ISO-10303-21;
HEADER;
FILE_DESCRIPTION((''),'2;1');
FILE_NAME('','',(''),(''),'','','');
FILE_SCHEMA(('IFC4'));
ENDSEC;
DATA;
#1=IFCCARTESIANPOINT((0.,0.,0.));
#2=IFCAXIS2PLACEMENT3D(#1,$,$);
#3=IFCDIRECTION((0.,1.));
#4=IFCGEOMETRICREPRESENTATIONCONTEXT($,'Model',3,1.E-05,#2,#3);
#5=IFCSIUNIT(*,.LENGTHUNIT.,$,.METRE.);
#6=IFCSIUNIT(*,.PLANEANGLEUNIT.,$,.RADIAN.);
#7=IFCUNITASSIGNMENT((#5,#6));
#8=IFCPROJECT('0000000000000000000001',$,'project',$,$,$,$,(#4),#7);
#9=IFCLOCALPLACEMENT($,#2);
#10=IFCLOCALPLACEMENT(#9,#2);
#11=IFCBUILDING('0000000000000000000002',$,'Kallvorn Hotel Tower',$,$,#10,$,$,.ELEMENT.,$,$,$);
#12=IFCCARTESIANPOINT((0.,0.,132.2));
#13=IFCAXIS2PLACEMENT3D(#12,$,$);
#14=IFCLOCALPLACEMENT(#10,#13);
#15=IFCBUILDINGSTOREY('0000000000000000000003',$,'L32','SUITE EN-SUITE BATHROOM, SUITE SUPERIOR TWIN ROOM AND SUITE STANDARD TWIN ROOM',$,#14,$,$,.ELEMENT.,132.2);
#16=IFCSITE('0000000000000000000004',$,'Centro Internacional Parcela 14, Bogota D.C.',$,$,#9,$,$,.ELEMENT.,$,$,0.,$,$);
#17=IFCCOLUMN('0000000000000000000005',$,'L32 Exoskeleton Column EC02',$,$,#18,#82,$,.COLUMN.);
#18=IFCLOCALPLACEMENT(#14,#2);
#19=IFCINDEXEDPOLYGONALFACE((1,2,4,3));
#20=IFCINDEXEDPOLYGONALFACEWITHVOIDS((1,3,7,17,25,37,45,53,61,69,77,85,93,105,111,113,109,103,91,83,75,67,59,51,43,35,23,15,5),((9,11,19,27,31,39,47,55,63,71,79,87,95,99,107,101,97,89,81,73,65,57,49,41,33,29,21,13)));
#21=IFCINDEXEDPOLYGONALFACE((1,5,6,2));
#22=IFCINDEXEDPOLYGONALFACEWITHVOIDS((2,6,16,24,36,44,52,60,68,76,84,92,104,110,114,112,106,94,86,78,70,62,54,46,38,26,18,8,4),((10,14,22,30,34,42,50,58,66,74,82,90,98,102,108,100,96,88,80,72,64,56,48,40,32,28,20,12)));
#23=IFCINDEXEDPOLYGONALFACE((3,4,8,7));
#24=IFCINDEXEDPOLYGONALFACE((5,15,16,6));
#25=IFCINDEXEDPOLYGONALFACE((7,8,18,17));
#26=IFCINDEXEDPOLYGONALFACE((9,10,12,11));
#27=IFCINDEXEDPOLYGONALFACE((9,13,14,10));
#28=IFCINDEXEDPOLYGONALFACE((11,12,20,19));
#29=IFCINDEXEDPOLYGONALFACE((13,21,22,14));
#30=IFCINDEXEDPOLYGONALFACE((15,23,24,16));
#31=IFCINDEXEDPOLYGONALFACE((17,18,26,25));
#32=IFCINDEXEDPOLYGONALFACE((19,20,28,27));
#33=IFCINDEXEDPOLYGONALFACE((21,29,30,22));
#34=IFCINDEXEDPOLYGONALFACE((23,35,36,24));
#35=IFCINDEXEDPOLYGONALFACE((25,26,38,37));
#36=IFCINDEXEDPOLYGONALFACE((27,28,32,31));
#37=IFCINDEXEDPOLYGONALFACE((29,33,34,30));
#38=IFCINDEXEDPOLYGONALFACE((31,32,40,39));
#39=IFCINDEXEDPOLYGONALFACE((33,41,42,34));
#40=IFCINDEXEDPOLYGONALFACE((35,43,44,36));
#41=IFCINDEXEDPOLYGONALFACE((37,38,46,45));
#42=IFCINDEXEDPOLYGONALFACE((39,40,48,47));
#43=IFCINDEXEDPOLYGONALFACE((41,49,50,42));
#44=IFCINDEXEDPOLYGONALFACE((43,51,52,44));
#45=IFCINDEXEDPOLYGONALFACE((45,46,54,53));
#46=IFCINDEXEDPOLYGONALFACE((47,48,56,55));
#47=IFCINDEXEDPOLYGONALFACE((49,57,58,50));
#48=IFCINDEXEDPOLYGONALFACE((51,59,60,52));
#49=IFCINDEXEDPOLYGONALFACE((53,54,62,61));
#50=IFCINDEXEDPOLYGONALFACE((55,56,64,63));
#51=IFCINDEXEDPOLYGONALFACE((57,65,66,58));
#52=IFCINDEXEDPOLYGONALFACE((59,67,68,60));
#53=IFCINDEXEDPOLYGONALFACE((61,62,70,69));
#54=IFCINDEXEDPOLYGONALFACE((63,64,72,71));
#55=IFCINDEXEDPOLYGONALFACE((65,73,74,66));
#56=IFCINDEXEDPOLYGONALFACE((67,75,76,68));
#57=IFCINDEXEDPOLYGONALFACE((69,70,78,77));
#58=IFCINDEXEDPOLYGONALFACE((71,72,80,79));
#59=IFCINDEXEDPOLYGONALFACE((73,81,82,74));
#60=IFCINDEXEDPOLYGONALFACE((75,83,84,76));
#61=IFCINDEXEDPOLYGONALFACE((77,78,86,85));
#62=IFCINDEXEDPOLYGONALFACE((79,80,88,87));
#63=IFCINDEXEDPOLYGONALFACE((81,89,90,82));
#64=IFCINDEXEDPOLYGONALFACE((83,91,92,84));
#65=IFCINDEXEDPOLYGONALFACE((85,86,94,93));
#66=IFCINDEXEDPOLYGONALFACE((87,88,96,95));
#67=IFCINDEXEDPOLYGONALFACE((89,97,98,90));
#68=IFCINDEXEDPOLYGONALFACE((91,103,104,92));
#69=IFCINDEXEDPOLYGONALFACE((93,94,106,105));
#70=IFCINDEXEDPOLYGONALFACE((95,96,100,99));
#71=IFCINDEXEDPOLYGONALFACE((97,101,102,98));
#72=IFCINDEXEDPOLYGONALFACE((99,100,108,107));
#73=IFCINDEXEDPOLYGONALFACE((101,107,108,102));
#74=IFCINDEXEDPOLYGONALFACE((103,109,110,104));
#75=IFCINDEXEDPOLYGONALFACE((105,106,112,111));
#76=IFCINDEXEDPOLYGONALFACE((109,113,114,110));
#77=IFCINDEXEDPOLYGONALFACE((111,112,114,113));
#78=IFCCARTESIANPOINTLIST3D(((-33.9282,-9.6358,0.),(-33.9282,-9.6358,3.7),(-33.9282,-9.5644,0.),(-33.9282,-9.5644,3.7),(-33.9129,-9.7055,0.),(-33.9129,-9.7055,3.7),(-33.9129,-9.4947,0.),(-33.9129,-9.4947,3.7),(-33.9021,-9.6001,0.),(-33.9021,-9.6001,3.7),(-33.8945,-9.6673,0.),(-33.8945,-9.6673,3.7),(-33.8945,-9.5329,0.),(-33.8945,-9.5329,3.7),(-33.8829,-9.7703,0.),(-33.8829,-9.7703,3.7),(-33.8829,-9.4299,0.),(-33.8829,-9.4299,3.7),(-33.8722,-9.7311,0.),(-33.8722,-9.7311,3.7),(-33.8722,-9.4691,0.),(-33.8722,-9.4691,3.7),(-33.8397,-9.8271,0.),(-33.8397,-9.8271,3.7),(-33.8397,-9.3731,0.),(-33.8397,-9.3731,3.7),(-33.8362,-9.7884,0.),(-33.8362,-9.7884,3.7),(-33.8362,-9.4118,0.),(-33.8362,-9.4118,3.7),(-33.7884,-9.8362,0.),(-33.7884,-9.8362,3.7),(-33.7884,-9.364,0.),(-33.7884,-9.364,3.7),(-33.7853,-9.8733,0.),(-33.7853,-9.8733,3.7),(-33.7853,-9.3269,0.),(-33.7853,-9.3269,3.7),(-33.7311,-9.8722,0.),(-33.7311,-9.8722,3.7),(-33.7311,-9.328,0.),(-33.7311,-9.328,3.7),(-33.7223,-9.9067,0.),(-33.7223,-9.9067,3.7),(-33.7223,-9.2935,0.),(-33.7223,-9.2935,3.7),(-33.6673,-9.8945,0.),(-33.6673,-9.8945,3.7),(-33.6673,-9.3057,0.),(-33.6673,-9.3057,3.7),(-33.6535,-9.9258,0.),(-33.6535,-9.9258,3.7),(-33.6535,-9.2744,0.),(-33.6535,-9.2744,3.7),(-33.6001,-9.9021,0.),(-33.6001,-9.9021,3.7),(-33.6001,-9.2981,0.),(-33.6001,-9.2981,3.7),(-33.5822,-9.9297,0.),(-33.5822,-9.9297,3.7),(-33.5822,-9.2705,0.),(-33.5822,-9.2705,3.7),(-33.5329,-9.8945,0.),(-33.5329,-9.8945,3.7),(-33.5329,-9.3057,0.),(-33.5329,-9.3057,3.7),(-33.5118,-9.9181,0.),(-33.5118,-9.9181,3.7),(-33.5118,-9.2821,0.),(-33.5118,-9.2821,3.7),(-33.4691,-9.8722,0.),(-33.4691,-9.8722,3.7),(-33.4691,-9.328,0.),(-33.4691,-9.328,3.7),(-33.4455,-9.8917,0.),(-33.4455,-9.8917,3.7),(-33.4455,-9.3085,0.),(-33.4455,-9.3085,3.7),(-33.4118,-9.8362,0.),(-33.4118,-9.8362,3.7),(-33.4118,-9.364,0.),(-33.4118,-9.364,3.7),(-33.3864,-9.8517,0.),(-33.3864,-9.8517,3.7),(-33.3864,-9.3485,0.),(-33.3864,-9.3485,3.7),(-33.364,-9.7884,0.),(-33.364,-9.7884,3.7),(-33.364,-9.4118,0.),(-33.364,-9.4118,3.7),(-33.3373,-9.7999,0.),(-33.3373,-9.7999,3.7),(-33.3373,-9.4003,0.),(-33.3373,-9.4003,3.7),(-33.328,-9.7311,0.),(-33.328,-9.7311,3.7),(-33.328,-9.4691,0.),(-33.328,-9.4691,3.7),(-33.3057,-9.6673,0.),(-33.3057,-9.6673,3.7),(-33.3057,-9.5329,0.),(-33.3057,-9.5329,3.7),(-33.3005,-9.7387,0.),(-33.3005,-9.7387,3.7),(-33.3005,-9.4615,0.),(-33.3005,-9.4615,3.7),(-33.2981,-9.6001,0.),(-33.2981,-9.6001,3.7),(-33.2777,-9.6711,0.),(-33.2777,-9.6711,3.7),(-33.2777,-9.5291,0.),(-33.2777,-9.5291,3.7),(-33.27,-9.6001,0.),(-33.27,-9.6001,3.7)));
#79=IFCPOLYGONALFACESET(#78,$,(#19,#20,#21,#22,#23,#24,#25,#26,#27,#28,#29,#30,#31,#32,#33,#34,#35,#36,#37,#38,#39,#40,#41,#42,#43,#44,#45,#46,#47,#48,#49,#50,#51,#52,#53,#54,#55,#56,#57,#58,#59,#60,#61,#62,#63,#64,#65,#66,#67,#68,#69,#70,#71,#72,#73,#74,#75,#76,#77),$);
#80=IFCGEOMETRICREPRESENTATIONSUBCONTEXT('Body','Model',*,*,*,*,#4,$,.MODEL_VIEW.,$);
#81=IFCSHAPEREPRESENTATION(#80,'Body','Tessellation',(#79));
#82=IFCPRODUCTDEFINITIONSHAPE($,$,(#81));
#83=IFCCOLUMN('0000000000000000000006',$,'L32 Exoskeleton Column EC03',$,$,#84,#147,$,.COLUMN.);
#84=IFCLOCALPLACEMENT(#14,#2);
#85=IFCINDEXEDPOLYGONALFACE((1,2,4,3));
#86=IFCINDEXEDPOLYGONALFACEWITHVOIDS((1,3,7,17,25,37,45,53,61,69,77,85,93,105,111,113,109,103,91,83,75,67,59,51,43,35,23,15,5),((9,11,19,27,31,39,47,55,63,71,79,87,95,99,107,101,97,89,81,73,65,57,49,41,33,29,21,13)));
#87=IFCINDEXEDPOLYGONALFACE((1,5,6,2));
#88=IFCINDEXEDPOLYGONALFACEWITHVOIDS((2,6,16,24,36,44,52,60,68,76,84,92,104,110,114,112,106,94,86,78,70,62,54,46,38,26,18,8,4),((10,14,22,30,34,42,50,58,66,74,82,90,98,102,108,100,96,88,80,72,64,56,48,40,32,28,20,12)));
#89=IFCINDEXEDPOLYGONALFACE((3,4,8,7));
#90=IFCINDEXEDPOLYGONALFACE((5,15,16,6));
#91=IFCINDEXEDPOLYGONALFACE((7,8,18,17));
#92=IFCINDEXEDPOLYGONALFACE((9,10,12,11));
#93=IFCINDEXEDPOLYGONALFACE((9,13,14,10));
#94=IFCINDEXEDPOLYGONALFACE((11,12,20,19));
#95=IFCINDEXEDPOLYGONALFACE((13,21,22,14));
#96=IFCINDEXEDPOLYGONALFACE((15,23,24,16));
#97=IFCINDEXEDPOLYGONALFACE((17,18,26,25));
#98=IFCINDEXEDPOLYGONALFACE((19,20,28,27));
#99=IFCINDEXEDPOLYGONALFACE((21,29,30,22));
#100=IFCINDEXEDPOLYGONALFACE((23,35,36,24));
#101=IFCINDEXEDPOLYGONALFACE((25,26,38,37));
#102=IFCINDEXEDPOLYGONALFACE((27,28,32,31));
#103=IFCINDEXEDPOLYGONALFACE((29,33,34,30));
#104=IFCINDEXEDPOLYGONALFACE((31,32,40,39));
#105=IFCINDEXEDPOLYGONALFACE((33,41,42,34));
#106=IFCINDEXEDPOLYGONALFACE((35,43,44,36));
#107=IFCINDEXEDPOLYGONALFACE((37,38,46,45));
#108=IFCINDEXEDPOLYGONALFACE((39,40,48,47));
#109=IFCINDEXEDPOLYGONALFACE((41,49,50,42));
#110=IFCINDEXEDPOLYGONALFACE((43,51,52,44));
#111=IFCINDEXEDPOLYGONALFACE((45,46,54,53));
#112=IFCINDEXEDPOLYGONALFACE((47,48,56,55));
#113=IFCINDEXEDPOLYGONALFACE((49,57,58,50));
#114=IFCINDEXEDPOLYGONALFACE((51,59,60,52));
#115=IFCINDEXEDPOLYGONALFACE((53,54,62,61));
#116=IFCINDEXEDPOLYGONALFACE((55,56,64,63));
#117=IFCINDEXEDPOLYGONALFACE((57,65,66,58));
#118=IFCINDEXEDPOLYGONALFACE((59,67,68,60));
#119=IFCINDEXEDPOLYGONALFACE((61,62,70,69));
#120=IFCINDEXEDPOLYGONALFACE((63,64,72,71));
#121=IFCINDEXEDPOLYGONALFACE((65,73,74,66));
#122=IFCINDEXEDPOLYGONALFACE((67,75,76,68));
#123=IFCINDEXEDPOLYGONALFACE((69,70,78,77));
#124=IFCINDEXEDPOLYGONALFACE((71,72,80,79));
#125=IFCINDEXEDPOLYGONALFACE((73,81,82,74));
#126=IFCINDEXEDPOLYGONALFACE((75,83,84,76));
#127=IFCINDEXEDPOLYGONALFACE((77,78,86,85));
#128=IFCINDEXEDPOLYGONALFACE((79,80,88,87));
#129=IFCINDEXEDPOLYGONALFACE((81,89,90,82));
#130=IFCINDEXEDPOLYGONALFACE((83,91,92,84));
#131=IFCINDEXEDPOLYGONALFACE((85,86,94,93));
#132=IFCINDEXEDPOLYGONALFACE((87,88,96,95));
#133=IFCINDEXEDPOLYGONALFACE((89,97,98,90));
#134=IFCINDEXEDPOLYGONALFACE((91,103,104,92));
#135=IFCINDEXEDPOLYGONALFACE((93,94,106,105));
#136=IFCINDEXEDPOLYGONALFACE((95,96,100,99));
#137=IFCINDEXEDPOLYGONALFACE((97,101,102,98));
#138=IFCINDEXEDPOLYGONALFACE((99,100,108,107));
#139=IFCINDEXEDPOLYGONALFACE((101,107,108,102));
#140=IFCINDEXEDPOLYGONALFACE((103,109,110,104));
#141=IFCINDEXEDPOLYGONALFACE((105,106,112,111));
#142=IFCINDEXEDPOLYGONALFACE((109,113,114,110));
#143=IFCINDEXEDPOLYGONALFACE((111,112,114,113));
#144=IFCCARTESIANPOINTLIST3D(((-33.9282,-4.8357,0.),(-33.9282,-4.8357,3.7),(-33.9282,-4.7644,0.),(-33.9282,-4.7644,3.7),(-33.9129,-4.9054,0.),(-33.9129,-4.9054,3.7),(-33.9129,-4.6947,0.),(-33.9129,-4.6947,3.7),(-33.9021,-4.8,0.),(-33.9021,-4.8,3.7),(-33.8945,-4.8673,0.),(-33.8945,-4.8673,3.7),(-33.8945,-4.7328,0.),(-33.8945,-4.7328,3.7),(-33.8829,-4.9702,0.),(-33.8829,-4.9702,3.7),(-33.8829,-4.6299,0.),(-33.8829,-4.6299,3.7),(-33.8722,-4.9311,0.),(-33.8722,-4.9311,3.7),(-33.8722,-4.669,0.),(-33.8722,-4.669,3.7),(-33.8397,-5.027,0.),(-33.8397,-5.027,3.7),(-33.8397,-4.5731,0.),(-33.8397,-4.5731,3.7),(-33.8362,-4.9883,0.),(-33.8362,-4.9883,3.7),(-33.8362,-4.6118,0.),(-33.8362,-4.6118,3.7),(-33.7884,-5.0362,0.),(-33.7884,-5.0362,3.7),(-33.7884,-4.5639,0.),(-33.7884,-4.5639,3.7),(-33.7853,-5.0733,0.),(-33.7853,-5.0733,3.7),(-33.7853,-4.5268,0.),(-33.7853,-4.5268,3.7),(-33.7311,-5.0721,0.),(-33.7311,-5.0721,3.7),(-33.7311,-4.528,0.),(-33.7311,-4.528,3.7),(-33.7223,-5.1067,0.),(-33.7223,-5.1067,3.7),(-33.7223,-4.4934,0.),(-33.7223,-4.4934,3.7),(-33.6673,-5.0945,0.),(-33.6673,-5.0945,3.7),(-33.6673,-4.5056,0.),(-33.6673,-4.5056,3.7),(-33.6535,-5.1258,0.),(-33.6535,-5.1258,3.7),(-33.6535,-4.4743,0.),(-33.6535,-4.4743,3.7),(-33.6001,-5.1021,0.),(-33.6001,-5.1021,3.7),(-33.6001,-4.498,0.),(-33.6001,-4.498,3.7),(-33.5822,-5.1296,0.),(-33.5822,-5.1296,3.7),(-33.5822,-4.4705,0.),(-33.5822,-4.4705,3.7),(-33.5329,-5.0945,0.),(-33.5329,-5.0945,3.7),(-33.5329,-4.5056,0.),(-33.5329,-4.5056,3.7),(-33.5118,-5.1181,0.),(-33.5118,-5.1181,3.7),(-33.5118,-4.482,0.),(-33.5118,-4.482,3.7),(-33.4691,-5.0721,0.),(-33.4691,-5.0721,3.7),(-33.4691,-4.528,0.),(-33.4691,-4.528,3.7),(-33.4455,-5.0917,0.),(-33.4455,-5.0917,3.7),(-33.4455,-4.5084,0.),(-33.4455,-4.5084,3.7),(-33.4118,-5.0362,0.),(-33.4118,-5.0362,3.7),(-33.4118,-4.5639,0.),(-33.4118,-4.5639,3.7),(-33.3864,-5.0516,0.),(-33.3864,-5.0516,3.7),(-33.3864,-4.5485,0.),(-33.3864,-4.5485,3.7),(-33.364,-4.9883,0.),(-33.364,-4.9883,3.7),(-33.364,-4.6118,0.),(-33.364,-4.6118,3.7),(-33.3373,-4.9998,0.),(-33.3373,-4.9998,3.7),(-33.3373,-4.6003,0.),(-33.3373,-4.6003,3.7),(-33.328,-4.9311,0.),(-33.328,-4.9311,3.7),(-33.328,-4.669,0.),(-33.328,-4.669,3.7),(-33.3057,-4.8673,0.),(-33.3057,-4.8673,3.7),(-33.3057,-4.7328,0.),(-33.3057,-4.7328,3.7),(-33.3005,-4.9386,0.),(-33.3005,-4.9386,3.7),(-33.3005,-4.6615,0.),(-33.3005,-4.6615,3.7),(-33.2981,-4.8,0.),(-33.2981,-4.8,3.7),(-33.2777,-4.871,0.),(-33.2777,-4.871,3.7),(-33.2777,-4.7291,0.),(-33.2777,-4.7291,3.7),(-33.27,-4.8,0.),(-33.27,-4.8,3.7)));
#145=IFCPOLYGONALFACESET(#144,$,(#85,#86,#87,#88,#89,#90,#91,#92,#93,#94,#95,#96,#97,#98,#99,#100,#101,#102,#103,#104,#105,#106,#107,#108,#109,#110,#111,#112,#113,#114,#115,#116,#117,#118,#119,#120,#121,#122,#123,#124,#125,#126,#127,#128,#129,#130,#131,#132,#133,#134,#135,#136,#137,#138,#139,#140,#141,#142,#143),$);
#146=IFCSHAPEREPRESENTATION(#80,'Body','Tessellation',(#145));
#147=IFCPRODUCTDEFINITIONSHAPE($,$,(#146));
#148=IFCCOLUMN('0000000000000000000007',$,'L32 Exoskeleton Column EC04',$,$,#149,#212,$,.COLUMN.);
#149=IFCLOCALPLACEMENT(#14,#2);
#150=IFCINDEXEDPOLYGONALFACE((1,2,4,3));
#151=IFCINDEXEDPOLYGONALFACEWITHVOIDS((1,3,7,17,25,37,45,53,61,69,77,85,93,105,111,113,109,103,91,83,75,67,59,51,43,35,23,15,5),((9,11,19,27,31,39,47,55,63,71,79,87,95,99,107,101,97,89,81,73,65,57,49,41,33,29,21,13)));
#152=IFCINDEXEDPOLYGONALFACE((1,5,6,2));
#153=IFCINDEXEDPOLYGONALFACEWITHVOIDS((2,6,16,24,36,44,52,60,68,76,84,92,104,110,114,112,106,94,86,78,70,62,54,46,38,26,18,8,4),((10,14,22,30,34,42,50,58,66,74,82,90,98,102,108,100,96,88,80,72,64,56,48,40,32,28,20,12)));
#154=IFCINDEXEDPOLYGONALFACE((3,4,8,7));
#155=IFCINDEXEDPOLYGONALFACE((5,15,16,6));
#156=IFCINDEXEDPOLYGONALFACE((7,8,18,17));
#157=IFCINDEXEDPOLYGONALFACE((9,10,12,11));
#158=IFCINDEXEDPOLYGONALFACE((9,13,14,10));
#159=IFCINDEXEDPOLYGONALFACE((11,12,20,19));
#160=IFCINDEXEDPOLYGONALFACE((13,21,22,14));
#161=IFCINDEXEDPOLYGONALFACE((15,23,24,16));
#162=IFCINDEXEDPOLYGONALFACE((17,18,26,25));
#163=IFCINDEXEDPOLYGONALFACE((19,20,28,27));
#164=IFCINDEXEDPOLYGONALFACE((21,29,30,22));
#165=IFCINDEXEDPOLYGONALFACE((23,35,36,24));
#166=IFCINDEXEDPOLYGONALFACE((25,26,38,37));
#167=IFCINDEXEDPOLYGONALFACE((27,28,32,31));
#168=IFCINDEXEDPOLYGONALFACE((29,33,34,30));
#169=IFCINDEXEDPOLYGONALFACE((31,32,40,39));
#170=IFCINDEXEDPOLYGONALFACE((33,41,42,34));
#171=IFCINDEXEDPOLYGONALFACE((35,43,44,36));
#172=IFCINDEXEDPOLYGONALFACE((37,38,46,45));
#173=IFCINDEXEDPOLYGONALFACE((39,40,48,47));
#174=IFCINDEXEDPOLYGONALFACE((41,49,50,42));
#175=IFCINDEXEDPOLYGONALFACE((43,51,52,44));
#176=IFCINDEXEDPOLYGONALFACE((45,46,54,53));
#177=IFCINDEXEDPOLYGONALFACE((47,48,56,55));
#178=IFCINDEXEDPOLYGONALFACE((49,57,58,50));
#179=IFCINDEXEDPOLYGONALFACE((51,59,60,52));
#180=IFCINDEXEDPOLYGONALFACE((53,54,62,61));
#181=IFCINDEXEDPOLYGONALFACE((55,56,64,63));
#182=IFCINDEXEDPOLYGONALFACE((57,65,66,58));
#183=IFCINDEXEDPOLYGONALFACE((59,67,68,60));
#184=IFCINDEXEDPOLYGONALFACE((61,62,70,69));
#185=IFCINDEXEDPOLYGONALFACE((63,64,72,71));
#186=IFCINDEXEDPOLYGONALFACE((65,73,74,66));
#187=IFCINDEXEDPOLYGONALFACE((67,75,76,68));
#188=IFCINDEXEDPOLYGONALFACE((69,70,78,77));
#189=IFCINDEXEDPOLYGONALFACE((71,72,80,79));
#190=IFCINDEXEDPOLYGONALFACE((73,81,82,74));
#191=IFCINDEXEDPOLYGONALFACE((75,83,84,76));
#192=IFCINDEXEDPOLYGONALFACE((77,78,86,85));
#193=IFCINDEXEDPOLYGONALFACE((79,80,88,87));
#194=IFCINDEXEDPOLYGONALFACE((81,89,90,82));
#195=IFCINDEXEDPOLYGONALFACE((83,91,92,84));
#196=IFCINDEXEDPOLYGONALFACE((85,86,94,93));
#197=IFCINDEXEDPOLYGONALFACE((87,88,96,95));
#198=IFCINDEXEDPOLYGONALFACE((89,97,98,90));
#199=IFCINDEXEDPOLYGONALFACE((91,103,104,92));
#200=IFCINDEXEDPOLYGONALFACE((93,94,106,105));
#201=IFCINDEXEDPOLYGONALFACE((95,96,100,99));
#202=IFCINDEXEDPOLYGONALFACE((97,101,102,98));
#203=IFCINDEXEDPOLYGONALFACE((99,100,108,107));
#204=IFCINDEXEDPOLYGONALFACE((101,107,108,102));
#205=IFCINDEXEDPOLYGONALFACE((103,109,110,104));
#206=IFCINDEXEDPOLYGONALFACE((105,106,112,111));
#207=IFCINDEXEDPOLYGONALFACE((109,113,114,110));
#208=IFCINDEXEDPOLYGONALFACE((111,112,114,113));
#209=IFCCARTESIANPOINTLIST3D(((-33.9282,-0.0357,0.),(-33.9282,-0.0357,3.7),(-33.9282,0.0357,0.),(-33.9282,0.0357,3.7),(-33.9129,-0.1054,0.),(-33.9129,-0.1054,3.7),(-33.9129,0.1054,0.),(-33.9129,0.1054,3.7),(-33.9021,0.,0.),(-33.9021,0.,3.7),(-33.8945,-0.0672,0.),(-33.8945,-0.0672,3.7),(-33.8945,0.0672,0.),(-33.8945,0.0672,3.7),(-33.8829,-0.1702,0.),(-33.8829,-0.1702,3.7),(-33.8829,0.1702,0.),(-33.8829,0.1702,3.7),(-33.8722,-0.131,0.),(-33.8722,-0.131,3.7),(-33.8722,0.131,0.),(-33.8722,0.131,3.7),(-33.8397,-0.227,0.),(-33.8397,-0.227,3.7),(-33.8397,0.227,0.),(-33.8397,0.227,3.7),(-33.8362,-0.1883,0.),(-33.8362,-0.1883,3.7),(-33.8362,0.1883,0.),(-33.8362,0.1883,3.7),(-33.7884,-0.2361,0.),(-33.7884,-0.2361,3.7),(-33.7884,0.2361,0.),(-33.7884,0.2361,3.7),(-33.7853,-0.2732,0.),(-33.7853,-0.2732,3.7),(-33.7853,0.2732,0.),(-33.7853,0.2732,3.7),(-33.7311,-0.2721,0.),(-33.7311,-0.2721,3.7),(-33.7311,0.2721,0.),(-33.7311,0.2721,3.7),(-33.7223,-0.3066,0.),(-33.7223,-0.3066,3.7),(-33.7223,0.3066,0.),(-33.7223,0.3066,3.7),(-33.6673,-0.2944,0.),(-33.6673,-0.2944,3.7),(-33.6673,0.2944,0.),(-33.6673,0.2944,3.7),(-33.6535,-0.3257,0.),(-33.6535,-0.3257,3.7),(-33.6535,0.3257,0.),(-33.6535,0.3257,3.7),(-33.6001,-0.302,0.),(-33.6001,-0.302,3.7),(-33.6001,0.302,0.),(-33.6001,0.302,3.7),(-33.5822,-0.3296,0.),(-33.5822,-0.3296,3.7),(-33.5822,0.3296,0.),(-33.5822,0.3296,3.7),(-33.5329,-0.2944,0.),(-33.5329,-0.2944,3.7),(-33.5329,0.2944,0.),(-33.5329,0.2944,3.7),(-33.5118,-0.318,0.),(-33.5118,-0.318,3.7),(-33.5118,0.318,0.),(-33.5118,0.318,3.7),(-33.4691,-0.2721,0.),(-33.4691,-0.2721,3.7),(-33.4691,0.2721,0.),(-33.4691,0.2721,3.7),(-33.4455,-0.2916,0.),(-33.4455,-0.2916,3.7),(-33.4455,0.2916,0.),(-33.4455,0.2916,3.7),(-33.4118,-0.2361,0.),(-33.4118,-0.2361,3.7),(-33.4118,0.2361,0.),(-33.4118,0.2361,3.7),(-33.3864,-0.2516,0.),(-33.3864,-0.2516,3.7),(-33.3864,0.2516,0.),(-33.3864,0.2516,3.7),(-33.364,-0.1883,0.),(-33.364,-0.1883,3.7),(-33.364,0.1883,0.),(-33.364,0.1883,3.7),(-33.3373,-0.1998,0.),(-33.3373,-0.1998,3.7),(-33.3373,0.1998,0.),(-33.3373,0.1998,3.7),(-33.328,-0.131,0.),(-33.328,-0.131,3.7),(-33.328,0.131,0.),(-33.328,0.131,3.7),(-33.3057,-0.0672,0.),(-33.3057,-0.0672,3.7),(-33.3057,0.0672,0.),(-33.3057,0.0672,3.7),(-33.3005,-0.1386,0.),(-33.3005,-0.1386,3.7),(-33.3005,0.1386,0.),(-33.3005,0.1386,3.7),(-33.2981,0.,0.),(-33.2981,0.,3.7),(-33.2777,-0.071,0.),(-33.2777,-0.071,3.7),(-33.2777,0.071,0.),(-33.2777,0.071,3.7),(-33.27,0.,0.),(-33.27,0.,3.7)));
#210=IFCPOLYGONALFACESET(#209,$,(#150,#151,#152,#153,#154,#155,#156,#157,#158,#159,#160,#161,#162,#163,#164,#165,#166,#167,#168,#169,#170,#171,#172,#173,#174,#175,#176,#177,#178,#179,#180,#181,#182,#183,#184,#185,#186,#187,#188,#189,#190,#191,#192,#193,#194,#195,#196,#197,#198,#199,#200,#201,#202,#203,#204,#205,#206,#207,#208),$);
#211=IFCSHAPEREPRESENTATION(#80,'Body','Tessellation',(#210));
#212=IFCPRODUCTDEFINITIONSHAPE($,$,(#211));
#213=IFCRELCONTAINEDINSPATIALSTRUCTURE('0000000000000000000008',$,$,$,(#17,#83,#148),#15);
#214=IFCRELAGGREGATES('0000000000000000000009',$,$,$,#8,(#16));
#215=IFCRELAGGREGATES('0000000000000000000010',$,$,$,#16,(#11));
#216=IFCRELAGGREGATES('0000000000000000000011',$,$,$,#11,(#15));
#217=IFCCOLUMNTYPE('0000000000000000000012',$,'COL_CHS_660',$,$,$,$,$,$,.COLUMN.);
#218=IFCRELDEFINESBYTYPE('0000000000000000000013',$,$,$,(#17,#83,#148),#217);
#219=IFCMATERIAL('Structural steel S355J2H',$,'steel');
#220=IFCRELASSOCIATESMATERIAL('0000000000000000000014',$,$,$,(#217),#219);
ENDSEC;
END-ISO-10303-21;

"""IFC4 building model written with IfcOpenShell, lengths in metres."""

from ifc_helpers import new_model, si_unit, direction, frame, origin, origin_2d, place, context, subcontext, project, spatial, hollow_circle, extrude, material, material_profile, profile_set, type_object, element, save


model = new_model("IFC4")

# Units and contexts
model_context = context("Model", 3, precision=1e-05, world=origin(), true_north=direction((0.0, 1.0)))
body_context = subcontext(model_context, "Body", "Model", "MODEL_VIEW")
ifc_project = project(units=[si_unit("LENGTHUNIT", "METRE"), si_unit("PLANEANGLEUNIT", "RADIAN")], contexts=[model_context])

# Site, building, storey
site_placement = place(None, origin())
site = spatial("IfcSite", under=ifc_project, at=site_placement, Name="Centro Internacional Parcela 14, Bogota D.C.", CompositionType="ELEMENT", RefElevation=0.0)
building_placement = place(site_placement, origin())
building = spatial("IfcBuilding", under=site, at=building_placement, Name="Kallvorn Hotel Tower", CompositionType="ELEMENT")
storey_placement = place(building_placement, frame((0.0, 0.0, 132.2)))
storey = spatial("IfcBuildingStorey", under=building, at=storey_placement, Name="L32", Description="SUITE EN-SUITE BATHROOM, SUITE SUPERIOR TWIN ROOM AND SUITE STANDARD TWIN ROOM", CompositionType="ELEMENT", Elevation=132.2)

# Columns
ifc_material_1 = material(Name="Structural steel S355J2H", Category="steel")
ifc_material_profile_1 = material_profile(ifc_material_1, hollow_circle(Radius=0.3301, WallThickness=0.0281, at=origin_2d()), Name="CHS 660x28")
ifc_profile_set_1 = profile_set([ifc_material_profile_1], Name="Structural steel S355J2H")
column_type_1 = type_object("IfcColumnType", Name="COL_CHS_660", PredefinedType="COLUMN", material=ifc_profile_set_1)
for number, where, z_axis, x_axis, name in (
    (1, (-33.6001, -9.6001, 0.0), (0.0, 0.0, 1.0), (1.0, 0.0, 0.0), "L32 Exoskeleton Column EC02"),
    (2, (-33.6001, -4.8, 0.0), (0.0, 0.0, 1.0), (1.0, 0.0, 0.0), "L32 Exoskeleton Column EC03"),
    (3, (-33.6001, 0.0, 0.0), (0.0, 0.0, 1.0), (1.0, 0.0, 0.0), "L32 Exoskeleton Column EC04"),
):
    element("IfcColumn", number, at=place(storey_placement, frame(where, z_axis=z_axis, x_axis=x_axis)), inside=storey, type_object=column_type_1, Name=name, PredefinedType="COLUMN", context=body_context, shape_type="SweptSolid", body=[
        extrude(hollow_circle(Radius=0.3301, WallThickness=0.0281, at=origin_2d()), origin(), (0.0, 0.0, 1.0), 3.7),
    ])

save(model, "model.ifc")
